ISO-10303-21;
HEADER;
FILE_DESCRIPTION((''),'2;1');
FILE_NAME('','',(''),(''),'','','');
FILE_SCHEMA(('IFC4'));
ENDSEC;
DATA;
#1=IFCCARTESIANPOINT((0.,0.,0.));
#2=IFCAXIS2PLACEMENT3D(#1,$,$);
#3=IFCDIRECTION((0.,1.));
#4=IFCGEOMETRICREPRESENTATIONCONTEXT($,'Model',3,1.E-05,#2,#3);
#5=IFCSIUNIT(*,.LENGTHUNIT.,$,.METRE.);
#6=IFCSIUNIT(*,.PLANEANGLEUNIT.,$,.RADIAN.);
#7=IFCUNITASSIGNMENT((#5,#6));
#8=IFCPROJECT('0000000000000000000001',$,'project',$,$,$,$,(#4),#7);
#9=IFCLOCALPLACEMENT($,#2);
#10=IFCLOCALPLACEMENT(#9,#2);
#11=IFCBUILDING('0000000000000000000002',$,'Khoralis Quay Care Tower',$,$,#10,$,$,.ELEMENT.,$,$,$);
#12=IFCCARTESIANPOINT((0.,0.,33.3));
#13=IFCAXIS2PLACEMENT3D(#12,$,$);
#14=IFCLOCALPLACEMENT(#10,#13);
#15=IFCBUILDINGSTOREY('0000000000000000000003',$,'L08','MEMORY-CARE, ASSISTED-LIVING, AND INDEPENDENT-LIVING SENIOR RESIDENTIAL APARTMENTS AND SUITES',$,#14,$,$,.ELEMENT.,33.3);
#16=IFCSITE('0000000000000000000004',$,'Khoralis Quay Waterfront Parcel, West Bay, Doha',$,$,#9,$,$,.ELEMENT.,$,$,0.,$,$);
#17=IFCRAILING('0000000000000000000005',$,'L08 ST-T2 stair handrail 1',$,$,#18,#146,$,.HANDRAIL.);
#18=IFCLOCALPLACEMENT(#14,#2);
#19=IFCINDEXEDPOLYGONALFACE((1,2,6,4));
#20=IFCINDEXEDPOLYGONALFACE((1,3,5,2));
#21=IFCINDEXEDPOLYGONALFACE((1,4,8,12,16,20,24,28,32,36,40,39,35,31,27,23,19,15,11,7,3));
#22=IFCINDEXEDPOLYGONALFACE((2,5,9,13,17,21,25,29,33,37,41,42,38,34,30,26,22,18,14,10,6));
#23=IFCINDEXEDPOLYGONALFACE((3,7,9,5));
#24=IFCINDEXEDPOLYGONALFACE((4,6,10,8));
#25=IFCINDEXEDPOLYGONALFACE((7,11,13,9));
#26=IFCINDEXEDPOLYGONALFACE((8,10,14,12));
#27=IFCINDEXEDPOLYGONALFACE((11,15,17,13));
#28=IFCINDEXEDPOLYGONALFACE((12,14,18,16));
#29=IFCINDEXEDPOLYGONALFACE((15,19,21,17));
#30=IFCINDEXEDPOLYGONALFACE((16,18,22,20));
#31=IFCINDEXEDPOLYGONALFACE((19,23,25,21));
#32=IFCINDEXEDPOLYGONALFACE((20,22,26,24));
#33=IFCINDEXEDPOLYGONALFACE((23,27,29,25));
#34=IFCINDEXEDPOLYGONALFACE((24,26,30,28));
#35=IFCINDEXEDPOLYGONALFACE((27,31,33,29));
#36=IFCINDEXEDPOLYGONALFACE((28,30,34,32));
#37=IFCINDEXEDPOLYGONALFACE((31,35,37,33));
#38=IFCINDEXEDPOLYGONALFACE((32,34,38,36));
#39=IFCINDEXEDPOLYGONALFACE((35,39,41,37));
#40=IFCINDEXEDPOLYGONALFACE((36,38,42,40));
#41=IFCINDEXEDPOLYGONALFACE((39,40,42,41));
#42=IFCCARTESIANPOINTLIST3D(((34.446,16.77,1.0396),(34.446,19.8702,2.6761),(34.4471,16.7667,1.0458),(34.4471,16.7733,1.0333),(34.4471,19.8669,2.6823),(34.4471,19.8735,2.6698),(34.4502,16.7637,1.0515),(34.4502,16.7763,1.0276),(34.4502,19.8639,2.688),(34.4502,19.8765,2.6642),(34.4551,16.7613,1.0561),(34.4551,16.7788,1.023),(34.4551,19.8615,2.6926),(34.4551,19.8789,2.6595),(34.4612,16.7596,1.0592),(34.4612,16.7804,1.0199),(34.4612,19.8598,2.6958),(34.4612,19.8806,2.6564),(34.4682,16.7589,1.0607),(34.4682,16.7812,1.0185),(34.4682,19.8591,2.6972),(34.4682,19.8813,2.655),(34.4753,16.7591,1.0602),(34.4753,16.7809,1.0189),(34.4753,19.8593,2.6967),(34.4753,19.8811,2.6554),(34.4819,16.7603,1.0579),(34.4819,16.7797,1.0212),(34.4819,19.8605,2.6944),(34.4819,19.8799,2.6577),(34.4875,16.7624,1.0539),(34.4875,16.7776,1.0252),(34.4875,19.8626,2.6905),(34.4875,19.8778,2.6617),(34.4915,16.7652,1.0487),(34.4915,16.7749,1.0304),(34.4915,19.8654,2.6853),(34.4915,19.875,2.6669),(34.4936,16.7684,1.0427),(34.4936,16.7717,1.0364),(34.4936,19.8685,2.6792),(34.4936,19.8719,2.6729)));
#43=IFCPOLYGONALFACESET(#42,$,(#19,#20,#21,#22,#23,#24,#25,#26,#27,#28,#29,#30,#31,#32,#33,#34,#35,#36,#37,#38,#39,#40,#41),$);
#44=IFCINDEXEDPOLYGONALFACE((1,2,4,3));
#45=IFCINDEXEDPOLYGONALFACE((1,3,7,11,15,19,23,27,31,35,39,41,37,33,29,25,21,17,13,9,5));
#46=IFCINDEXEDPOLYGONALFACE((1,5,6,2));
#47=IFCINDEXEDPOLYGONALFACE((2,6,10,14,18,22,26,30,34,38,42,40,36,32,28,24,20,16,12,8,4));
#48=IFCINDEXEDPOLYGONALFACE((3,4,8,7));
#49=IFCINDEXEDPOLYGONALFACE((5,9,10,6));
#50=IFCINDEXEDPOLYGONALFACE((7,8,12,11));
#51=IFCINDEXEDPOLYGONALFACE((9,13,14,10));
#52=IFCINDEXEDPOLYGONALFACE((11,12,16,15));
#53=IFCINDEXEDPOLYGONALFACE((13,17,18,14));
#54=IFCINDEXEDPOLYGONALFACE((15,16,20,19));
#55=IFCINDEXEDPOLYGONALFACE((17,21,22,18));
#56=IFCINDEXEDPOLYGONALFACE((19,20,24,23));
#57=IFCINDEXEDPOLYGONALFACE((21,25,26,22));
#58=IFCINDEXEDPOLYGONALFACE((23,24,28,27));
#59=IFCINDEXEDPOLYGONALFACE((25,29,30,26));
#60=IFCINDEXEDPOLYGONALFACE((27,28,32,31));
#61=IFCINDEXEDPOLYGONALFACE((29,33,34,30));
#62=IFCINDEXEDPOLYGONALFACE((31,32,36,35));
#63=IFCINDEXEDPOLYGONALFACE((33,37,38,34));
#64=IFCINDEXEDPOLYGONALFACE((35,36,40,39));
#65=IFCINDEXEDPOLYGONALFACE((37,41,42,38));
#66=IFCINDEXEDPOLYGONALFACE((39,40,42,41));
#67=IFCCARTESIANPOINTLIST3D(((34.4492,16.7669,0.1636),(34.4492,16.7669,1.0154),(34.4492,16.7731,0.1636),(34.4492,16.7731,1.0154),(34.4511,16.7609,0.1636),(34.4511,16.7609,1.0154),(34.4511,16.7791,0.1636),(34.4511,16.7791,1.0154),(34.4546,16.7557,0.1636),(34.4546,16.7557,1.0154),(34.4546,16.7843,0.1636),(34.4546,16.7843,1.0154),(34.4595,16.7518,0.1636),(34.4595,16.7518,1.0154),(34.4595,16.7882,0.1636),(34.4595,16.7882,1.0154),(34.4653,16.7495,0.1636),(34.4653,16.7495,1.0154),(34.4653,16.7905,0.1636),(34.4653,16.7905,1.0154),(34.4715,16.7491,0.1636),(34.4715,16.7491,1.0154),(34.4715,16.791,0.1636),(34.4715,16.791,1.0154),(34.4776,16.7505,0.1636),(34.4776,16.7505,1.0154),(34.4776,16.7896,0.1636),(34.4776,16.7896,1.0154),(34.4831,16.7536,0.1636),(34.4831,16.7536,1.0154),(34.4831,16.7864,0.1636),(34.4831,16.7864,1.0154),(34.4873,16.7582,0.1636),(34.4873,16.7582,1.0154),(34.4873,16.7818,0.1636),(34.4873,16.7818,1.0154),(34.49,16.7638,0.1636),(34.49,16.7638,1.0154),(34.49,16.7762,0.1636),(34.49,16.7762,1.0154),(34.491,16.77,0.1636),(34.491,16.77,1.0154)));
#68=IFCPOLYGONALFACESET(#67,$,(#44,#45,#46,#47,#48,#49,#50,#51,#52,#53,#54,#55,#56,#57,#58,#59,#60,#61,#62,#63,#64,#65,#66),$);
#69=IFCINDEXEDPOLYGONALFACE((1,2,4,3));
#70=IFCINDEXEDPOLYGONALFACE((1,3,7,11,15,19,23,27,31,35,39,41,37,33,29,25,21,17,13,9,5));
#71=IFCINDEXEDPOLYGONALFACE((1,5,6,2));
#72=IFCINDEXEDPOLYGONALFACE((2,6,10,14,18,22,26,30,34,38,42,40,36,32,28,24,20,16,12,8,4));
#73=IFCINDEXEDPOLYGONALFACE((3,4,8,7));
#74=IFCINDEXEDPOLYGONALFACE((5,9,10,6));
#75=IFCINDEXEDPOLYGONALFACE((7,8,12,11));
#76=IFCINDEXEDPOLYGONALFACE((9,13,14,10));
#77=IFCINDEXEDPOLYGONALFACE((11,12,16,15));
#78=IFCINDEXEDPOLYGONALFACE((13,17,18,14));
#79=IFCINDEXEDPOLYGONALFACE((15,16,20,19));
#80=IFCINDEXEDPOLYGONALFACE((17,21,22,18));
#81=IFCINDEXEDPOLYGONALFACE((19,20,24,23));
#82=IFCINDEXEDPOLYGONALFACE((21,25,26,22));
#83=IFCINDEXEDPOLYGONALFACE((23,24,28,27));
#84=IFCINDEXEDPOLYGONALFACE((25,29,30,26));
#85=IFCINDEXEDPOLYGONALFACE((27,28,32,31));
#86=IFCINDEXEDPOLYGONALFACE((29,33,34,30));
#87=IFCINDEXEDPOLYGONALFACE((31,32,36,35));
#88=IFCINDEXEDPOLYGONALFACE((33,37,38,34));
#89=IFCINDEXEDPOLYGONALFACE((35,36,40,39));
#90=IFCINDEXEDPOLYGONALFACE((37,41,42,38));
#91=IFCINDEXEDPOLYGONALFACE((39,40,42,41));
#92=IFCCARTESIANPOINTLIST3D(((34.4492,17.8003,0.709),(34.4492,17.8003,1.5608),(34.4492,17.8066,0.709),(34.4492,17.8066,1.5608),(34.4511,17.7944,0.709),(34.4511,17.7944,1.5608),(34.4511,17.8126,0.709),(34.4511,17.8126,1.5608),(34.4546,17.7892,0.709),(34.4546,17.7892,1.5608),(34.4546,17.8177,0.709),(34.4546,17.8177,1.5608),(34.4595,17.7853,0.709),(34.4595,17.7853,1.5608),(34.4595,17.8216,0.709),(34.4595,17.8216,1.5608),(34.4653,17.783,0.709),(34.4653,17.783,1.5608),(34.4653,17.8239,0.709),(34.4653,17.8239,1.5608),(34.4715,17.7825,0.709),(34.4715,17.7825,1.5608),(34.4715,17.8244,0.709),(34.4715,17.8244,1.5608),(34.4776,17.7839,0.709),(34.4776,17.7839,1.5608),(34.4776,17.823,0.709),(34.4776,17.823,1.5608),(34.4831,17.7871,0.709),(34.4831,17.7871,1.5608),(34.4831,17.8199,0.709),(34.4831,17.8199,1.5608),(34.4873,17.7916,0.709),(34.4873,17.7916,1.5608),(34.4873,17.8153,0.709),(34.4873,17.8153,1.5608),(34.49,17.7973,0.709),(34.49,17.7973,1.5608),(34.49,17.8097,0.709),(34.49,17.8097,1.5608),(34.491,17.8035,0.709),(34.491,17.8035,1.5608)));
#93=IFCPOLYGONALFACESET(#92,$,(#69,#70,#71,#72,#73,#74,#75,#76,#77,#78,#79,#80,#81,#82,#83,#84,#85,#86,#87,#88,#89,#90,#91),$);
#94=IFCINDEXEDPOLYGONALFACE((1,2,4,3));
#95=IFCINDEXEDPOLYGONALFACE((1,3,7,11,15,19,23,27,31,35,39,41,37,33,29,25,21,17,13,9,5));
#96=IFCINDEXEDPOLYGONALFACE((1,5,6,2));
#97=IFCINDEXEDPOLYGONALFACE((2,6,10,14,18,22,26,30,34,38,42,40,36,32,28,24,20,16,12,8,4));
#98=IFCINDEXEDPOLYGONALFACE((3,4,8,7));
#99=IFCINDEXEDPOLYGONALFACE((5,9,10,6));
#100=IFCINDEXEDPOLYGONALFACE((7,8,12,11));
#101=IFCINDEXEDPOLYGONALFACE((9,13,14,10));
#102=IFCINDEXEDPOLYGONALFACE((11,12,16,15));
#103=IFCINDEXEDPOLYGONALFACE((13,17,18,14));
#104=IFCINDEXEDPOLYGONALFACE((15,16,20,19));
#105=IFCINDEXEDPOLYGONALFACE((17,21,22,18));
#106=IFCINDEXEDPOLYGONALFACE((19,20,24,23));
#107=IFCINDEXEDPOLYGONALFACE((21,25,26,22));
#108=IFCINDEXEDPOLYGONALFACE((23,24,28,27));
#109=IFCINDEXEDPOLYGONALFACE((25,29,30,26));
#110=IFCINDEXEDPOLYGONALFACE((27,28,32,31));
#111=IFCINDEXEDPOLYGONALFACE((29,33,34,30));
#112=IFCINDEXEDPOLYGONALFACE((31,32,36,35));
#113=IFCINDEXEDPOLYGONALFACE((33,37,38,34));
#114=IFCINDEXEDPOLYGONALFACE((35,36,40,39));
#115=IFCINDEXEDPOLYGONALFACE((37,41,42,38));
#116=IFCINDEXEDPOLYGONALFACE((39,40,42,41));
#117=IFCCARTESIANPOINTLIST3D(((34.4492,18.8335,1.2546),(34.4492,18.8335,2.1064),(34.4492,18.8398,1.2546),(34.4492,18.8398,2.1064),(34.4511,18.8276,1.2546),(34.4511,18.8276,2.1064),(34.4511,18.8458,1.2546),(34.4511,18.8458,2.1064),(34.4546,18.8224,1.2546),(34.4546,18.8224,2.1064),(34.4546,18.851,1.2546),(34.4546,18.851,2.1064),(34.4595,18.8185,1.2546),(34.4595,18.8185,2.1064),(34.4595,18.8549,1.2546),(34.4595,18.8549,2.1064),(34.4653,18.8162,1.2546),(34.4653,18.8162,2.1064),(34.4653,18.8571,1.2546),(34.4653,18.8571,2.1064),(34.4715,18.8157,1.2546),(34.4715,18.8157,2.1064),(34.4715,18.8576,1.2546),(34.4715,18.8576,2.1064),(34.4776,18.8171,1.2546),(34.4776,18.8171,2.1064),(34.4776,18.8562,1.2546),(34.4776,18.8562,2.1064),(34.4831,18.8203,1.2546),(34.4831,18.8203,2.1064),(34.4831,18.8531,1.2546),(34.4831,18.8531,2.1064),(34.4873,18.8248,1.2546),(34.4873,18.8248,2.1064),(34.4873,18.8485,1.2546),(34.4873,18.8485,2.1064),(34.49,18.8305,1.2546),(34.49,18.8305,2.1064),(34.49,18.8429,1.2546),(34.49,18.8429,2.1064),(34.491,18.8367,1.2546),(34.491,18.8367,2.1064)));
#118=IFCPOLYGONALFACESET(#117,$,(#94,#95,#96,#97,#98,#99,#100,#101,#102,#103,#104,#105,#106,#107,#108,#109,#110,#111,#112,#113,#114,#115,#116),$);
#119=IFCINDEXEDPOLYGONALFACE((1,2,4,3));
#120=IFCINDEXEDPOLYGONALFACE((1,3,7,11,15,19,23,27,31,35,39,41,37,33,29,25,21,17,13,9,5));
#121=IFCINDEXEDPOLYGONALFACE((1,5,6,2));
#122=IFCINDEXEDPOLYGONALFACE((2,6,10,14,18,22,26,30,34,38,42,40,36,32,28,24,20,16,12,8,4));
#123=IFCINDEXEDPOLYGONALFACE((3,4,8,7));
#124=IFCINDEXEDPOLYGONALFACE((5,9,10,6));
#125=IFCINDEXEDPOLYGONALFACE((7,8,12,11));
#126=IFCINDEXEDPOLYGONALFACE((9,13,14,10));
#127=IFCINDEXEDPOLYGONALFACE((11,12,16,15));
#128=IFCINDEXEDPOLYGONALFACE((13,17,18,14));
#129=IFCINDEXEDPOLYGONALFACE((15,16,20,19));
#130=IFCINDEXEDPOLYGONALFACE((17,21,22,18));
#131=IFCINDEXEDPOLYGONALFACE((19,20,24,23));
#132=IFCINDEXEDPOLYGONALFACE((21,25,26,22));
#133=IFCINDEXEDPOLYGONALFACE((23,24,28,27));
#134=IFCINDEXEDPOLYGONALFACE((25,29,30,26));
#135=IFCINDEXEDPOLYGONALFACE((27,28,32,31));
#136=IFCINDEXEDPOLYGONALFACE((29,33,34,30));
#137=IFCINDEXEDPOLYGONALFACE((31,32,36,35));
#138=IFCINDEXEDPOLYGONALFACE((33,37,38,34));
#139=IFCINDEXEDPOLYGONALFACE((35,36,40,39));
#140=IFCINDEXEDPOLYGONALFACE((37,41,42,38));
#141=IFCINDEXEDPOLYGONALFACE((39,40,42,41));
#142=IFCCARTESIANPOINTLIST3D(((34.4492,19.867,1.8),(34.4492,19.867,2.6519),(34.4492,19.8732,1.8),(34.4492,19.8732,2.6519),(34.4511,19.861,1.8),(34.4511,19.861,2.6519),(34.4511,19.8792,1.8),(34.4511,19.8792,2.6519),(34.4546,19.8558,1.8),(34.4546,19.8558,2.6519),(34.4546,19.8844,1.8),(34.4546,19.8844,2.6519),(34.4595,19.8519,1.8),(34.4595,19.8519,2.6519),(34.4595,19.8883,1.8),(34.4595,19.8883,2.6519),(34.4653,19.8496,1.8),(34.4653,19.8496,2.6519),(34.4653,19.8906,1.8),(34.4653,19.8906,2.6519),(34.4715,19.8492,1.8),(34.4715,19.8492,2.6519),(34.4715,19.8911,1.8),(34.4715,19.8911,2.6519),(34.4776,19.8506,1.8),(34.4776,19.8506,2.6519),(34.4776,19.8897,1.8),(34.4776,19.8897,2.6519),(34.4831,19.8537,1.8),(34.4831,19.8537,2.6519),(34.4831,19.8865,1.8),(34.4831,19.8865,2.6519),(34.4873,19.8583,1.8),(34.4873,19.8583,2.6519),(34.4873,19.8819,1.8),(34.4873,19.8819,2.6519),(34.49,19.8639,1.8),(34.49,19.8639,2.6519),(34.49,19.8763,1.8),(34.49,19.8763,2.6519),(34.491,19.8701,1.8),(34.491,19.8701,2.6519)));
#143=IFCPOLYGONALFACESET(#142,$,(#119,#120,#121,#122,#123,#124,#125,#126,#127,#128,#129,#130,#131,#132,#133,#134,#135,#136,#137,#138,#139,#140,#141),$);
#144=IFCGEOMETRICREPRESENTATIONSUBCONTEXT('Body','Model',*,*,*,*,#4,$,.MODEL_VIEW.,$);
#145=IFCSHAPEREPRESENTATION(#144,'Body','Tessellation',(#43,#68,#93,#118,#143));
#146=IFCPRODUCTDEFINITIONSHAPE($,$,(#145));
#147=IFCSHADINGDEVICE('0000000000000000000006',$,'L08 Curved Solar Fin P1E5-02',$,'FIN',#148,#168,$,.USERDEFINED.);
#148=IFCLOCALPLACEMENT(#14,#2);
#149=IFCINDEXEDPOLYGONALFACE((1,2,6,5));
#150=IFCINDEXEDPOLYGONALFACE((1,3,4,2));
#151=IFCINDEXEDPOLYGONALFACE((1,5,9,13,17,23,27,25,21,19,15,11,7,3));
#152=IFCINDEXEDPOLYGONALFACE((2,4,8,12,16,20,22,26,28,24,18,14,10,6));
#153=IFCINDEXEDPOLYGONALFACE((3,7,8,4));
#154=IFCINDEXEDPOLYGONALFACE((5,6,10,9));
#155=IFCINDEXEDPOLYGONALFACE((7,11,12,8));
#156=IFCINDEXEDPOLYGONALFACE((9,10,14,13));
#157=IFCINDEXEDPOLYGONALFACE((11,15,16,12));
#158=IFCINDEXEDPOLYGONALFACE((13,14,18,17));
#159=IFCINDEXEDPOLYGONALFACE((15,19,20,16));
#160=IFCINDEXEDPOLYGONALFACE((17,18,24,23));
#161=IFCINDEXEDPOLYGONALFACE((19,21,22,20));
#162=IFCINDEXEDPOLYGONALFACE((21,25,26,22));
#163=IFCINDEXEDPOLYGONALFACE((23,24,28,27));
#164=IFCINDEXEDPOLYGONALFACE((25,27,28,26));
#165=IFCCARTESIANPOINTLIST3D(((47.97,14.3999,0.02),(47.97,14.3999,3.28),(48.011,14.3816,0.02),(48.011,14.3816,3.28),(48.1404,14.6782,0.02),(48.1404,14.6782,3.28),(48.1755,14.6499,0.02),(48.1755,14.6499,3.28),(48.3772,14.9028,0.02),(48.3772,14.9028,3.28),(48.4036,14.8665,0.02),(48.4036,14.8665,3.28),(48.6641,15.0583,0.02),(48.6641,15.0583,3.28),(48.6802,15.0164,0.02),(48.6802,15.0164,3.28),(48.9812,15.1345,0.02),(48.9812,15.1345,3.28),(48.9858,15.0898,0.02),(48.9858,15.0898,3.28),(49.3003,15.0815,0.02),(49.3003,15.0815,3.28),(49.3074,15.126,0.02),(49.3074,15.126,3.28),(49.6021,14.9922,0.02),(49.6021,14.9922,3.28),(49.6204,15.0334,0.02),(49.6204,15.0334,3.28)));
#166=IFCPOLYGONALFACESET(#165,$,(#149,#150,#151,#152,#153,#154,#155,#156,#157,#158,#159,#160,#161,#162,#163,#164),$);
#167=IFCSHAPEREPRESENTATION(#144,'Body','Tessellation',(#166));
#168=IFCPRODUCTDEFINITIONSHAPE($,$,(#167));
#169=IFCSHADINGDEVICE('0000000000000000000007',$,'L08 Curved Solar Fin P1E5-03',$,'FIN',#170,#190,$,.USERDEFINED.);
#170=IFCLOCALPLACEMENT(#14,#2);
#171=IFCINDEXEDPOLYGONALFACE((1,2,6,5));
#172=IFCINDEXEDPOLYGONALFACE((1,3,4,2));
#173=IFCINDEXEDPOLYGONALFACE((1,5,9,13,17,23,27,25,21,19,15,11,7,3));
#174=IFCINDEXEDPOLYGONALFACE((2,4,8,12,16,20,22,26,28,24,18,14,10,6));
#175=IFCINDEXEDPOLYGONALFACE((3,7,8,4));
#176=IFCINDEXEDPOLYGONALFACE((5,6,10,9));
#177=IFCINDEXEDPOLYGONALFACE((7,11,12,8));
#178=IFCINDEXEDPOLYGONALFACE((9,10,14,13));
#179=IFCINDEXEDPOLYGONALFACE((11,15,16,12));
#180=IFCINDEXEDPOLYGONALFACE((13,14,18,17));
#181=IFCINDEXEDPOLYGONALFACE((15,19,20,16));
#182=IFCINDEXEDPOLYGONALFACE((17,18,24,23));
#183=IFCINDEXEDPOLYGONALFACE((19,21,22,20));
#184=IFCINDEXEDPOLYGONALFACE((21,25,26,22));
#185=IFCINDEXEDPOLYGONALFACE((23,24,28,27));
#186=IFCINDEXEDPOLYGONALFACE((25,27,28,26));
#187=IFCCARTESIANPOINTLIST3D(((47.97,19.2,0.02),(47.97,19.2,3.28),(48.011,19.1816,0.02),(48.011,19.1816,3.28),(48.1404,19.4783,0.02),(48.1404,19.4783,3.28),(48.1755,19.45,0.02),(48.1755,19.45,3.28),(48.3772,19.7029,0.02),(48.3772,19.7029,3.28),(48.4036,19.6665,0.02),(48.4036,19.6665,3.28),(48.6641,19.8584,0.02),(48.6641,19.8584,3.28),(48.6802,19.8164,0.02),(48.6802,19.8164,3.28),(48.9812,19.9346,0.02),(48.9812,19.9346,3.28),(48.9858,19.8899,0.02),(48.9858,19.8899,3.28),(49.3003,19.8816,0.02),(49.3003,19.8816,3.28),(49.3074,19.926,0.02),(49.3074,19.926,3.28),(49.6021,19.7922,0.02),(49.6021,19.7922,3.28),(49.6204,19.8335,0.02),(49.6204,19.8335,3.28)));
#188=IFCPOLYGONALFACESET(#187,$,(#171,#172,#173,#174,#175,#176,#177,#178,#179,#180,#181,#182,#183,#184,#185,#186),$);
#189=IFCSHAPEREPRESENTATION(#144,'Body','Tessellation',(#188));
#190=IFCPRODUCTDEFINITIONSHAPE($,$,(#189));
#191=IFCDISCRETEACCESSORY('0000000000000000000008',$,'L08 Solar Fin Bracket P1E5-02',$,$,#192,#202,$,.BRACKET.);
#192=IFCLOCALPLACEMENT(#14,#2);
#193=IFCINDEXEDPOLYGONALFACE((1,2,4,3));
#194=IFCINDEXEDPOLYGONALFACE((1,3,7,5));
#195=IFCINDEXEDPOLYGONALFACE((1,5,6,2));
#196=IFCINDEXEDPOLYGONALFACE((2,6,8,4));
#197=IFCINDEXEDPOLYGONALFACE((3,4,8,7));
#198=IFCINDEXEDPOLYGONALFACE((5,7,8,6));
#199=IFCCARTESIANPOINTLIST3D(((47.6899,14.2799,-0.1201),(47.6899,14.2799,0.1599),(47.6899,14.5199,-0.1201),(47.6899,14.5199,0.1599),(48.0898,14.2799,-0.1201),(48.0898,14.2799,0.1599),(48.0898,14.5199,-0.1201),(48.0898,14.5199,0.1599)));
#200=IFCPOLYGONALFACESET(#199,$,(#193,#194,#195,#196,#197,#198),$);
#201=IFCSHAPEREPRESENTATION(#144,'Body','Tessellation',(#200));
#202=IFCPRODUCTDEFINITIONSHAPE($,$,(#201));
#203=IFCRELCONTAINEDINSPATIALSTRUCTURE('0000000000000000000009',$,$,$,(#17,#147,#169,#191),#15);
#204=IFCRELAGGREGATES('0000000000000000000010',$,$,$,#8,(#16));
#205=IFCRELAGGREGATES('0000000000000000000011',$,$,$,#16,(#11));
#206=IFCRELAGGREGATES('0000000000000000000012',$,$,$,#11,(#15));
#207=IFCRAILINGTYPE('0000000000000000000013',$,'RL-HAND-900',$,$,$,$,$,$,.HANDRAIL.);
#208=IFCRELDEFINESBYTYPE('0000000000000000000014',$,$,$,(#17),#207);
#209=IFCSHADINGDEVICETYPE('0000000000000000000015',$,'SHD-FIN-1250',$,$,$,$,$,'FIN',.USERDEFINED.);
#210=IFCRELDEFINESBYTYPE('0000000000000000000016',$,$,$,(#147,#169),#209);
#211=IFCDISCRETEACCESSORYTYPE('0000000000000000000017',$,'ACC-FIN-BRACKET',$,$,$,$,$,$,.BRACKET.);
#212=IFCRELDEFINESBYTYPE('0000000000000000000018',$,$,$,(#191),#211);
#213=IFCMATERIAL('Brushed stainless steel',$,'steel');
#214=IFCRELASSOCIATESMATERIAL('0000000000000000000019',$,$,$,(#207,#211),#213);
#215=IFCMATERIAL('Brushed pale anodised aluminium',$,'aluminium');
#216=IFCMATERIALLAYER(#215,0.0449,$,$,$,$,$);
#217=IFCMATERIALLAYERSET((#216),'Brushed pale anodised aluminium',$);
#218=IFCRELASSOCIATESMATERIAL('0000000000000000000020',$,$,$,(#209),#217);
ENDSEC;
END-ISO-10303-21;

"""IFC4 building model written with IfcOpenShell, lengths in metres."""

from ifc_helpers import new_model, si_unit, direction, frame, origin, origin_2d, place, context, subcontext, project, spatial, polyline, rectangle, circle, outline, extrude, source, transform, mapped, material, layer, layer_set, type_object, element, save


model = new_model("IFC4")

# Units and contexts
model_context = context("Model", 3, precision=1e-05, world=origin(), true_north=direction((0.0, 1.0)))
body_context = subcontext(model_context, "Body", "Model", "MODEL_VIEW")
ifc_project = project(units=[si_unit("LENGTHUNIT", "METRE"), si_unit("PLANEANGLEUNIT", "RADIAN")], contexts=[model_context])

# Site, building, storey
site_placement = place(None, origin())
site = spatial("IfcSite", under=ifc_project, at=site_placement, Name="Khoralis Quay Waterfront Parcel, West Bay, Doha", CompositionType="ELEMENT", RefElevation=0.0)
building_placement = place(site_placement, origin())
building = spatial("IfcBuilding", under=site, at=building_placement, Name="Khoralis Quay Care Tower", CompositionType="ELEMENT")
storey_placement = place(building_placement, frame((0.0, 0.0, 33.3)))
storey = spatial("IfcBuildingStorey", under=building, at=storey_placement, Name="L08", Description="MEMORY-CARE, ASSISTED-LIVING, AND INDEPENDENT-LIVING SENIOR RESIDENTIAL APARTMENTS AND SUITES", CompositionType="ELEMENT", Elevation=33.3)

# Railing
ifc_material_1 = material(Name="Brushed stainless steel", Category="steel")
railing_type = type_object("IfcRailingType", Name="RL-HAND-900", PredefinedType="HANDRAIL", material=ifc_material_1)
railing_placement = place(storey_placement, frame((34.47, 16.77, 0.1636)))
element("IfcRailing", 1, at=railing_placement, inside=storey, type_object=railing_type, Name="L08 ST-T2 stair handrail 1", PredefinedType="HANDRAIL", context=body_context, shape_type="SweptSolid", body=[
    extrude(circle(Radius=0.0239, at=origin_2d()), frame((0.0, 0.0, 0.876), z_axis=(0.0, 0.884348, 0.466828), x_axis=(-1.0, 0.0, 0.0)), (0.0, 0.0, 1.0), 3.5056),
    extrude(circle(Radius=0.021, at=origin_2d()), origin(), (0.0, 0.0, 1.0), 0.8518),
    extrude(circle(Radius=0.021, at=origin_2d()), frame((0.0, 1.0334, 0.5454)), (0.0, 0.0, 1.0), 0.8518),
    extrude(circle(Radius=0.021, at=origin_2d()), frame((0.0, 2.0667, 1.0911)), (0.0, 0.0, 1.0), 0.8518),
    extrude(circle(Radius=0.021, at=origin_2d()), frame((0.0, 3.1001, 1.6365)), (0.0, 0.0, 1.0), 0.8518),
])

# Shading devices
ifc_material_2 = material(Name="Brushed pale anodised aluminium", Category="aluminium")
ifc_layer_1 = layer(ifc_material_2, 0.0449)
ifc_layer_set_1 = layer_set([ifc_layer_1], Name="Brushed pale anodised aluminium")
shading_device_type = type_object("IfcShadingDeviceType", Name="SHD-FIN-1250", ElementType="FIN", PredefinedType="USERDEFINED", material=ifc_layer_set_1)
shared_shape_1 = source(origin(), body_context, "Body", "SweptSolid", [
    extrude(outline(polyline([(0.0, 0.0), (0.1704, 0.2783), (0.4072, 0.5029), (0.6941, 0.6584), (1.0112, 0.7346), (1.3374, 0.7261), (1.6504, 0.6335), (1.6321, 0.5923), (1.3303, 0.6816), (1.0159, 0.6899), (0.7102, 0.6165), (0.4336, 0.4666), (0.2056, 0.25), (0.041, -0.0183), (0.0, 0.0)])), origin(), (0.0, 0.0, 1.0), 3.26),
])
for number, where, z_axis, x_axis, name in (
    (2, (47.97, 14.3999, 0.02), (0.0, 0.0, 1.0), (1.0, 0.0, 0.0), "L08 Curved Solar Fin P1E5-02"),
    (3, (47.97, 19.2, 0.02), (0.0, 0.0, 1.0), (1.0, 0.0, 0.0), "L08 Curved Solar Fin P1E5-03"),
):
    element("IfcShadingDevice", number, at=place(storey_placement, frame(where, z_axis=z_axis, x_axis=x_axis)), inside=storey, type_object=shading_device_type, Name=name, ObjectType="FIN", PredefinedType="USERDEFINED", context=body_context, shape_type="MappedRepresentation", body=[
        mapped(shared_shape_1, transform((0.0, 0.0, 0.0), scale=1.0)),
    ])

# Discrete accessory
discrete_accessory_type = type_object("IfcDiscreteAccessoryType", Name="ACC-FIN-BRACKET", PredefinedType="BRACKET", material=ifc_material_1)
shared_shape_2 = source(origin(), body_context, "Body", "SweptSolid", [
    extrude(rectangle(XDim=0.3999, YDim=0.24, at=origin_2d()), origin(), (0.0, 0.0, 1.0), 0.28),
])
for number, where, z_axis, x_axis, name in (
    (4, (47.8899, 14.3999, -0.1201), (0.0, 0.0, 1.0), (1.0, 0.0, 0.0), "L08 Solar Fin Bracket P1E5-02"),
):
    element("IfcDiscreteAccessory", number, at=place(storey_placement, frame(where, z_axis=z_axis, x_axis=x_axis)), inside=storey, type_object=discrete_accessory_type, Name=name, PredefinedType="BRACKET", context=body_context, shape_type="MappedRepresentation", body=[
        mapped(shared_shape_2, transform((0.0, 0.0, 0.0), scale=1.0)),
    ])

save(model, "model.ifc")
